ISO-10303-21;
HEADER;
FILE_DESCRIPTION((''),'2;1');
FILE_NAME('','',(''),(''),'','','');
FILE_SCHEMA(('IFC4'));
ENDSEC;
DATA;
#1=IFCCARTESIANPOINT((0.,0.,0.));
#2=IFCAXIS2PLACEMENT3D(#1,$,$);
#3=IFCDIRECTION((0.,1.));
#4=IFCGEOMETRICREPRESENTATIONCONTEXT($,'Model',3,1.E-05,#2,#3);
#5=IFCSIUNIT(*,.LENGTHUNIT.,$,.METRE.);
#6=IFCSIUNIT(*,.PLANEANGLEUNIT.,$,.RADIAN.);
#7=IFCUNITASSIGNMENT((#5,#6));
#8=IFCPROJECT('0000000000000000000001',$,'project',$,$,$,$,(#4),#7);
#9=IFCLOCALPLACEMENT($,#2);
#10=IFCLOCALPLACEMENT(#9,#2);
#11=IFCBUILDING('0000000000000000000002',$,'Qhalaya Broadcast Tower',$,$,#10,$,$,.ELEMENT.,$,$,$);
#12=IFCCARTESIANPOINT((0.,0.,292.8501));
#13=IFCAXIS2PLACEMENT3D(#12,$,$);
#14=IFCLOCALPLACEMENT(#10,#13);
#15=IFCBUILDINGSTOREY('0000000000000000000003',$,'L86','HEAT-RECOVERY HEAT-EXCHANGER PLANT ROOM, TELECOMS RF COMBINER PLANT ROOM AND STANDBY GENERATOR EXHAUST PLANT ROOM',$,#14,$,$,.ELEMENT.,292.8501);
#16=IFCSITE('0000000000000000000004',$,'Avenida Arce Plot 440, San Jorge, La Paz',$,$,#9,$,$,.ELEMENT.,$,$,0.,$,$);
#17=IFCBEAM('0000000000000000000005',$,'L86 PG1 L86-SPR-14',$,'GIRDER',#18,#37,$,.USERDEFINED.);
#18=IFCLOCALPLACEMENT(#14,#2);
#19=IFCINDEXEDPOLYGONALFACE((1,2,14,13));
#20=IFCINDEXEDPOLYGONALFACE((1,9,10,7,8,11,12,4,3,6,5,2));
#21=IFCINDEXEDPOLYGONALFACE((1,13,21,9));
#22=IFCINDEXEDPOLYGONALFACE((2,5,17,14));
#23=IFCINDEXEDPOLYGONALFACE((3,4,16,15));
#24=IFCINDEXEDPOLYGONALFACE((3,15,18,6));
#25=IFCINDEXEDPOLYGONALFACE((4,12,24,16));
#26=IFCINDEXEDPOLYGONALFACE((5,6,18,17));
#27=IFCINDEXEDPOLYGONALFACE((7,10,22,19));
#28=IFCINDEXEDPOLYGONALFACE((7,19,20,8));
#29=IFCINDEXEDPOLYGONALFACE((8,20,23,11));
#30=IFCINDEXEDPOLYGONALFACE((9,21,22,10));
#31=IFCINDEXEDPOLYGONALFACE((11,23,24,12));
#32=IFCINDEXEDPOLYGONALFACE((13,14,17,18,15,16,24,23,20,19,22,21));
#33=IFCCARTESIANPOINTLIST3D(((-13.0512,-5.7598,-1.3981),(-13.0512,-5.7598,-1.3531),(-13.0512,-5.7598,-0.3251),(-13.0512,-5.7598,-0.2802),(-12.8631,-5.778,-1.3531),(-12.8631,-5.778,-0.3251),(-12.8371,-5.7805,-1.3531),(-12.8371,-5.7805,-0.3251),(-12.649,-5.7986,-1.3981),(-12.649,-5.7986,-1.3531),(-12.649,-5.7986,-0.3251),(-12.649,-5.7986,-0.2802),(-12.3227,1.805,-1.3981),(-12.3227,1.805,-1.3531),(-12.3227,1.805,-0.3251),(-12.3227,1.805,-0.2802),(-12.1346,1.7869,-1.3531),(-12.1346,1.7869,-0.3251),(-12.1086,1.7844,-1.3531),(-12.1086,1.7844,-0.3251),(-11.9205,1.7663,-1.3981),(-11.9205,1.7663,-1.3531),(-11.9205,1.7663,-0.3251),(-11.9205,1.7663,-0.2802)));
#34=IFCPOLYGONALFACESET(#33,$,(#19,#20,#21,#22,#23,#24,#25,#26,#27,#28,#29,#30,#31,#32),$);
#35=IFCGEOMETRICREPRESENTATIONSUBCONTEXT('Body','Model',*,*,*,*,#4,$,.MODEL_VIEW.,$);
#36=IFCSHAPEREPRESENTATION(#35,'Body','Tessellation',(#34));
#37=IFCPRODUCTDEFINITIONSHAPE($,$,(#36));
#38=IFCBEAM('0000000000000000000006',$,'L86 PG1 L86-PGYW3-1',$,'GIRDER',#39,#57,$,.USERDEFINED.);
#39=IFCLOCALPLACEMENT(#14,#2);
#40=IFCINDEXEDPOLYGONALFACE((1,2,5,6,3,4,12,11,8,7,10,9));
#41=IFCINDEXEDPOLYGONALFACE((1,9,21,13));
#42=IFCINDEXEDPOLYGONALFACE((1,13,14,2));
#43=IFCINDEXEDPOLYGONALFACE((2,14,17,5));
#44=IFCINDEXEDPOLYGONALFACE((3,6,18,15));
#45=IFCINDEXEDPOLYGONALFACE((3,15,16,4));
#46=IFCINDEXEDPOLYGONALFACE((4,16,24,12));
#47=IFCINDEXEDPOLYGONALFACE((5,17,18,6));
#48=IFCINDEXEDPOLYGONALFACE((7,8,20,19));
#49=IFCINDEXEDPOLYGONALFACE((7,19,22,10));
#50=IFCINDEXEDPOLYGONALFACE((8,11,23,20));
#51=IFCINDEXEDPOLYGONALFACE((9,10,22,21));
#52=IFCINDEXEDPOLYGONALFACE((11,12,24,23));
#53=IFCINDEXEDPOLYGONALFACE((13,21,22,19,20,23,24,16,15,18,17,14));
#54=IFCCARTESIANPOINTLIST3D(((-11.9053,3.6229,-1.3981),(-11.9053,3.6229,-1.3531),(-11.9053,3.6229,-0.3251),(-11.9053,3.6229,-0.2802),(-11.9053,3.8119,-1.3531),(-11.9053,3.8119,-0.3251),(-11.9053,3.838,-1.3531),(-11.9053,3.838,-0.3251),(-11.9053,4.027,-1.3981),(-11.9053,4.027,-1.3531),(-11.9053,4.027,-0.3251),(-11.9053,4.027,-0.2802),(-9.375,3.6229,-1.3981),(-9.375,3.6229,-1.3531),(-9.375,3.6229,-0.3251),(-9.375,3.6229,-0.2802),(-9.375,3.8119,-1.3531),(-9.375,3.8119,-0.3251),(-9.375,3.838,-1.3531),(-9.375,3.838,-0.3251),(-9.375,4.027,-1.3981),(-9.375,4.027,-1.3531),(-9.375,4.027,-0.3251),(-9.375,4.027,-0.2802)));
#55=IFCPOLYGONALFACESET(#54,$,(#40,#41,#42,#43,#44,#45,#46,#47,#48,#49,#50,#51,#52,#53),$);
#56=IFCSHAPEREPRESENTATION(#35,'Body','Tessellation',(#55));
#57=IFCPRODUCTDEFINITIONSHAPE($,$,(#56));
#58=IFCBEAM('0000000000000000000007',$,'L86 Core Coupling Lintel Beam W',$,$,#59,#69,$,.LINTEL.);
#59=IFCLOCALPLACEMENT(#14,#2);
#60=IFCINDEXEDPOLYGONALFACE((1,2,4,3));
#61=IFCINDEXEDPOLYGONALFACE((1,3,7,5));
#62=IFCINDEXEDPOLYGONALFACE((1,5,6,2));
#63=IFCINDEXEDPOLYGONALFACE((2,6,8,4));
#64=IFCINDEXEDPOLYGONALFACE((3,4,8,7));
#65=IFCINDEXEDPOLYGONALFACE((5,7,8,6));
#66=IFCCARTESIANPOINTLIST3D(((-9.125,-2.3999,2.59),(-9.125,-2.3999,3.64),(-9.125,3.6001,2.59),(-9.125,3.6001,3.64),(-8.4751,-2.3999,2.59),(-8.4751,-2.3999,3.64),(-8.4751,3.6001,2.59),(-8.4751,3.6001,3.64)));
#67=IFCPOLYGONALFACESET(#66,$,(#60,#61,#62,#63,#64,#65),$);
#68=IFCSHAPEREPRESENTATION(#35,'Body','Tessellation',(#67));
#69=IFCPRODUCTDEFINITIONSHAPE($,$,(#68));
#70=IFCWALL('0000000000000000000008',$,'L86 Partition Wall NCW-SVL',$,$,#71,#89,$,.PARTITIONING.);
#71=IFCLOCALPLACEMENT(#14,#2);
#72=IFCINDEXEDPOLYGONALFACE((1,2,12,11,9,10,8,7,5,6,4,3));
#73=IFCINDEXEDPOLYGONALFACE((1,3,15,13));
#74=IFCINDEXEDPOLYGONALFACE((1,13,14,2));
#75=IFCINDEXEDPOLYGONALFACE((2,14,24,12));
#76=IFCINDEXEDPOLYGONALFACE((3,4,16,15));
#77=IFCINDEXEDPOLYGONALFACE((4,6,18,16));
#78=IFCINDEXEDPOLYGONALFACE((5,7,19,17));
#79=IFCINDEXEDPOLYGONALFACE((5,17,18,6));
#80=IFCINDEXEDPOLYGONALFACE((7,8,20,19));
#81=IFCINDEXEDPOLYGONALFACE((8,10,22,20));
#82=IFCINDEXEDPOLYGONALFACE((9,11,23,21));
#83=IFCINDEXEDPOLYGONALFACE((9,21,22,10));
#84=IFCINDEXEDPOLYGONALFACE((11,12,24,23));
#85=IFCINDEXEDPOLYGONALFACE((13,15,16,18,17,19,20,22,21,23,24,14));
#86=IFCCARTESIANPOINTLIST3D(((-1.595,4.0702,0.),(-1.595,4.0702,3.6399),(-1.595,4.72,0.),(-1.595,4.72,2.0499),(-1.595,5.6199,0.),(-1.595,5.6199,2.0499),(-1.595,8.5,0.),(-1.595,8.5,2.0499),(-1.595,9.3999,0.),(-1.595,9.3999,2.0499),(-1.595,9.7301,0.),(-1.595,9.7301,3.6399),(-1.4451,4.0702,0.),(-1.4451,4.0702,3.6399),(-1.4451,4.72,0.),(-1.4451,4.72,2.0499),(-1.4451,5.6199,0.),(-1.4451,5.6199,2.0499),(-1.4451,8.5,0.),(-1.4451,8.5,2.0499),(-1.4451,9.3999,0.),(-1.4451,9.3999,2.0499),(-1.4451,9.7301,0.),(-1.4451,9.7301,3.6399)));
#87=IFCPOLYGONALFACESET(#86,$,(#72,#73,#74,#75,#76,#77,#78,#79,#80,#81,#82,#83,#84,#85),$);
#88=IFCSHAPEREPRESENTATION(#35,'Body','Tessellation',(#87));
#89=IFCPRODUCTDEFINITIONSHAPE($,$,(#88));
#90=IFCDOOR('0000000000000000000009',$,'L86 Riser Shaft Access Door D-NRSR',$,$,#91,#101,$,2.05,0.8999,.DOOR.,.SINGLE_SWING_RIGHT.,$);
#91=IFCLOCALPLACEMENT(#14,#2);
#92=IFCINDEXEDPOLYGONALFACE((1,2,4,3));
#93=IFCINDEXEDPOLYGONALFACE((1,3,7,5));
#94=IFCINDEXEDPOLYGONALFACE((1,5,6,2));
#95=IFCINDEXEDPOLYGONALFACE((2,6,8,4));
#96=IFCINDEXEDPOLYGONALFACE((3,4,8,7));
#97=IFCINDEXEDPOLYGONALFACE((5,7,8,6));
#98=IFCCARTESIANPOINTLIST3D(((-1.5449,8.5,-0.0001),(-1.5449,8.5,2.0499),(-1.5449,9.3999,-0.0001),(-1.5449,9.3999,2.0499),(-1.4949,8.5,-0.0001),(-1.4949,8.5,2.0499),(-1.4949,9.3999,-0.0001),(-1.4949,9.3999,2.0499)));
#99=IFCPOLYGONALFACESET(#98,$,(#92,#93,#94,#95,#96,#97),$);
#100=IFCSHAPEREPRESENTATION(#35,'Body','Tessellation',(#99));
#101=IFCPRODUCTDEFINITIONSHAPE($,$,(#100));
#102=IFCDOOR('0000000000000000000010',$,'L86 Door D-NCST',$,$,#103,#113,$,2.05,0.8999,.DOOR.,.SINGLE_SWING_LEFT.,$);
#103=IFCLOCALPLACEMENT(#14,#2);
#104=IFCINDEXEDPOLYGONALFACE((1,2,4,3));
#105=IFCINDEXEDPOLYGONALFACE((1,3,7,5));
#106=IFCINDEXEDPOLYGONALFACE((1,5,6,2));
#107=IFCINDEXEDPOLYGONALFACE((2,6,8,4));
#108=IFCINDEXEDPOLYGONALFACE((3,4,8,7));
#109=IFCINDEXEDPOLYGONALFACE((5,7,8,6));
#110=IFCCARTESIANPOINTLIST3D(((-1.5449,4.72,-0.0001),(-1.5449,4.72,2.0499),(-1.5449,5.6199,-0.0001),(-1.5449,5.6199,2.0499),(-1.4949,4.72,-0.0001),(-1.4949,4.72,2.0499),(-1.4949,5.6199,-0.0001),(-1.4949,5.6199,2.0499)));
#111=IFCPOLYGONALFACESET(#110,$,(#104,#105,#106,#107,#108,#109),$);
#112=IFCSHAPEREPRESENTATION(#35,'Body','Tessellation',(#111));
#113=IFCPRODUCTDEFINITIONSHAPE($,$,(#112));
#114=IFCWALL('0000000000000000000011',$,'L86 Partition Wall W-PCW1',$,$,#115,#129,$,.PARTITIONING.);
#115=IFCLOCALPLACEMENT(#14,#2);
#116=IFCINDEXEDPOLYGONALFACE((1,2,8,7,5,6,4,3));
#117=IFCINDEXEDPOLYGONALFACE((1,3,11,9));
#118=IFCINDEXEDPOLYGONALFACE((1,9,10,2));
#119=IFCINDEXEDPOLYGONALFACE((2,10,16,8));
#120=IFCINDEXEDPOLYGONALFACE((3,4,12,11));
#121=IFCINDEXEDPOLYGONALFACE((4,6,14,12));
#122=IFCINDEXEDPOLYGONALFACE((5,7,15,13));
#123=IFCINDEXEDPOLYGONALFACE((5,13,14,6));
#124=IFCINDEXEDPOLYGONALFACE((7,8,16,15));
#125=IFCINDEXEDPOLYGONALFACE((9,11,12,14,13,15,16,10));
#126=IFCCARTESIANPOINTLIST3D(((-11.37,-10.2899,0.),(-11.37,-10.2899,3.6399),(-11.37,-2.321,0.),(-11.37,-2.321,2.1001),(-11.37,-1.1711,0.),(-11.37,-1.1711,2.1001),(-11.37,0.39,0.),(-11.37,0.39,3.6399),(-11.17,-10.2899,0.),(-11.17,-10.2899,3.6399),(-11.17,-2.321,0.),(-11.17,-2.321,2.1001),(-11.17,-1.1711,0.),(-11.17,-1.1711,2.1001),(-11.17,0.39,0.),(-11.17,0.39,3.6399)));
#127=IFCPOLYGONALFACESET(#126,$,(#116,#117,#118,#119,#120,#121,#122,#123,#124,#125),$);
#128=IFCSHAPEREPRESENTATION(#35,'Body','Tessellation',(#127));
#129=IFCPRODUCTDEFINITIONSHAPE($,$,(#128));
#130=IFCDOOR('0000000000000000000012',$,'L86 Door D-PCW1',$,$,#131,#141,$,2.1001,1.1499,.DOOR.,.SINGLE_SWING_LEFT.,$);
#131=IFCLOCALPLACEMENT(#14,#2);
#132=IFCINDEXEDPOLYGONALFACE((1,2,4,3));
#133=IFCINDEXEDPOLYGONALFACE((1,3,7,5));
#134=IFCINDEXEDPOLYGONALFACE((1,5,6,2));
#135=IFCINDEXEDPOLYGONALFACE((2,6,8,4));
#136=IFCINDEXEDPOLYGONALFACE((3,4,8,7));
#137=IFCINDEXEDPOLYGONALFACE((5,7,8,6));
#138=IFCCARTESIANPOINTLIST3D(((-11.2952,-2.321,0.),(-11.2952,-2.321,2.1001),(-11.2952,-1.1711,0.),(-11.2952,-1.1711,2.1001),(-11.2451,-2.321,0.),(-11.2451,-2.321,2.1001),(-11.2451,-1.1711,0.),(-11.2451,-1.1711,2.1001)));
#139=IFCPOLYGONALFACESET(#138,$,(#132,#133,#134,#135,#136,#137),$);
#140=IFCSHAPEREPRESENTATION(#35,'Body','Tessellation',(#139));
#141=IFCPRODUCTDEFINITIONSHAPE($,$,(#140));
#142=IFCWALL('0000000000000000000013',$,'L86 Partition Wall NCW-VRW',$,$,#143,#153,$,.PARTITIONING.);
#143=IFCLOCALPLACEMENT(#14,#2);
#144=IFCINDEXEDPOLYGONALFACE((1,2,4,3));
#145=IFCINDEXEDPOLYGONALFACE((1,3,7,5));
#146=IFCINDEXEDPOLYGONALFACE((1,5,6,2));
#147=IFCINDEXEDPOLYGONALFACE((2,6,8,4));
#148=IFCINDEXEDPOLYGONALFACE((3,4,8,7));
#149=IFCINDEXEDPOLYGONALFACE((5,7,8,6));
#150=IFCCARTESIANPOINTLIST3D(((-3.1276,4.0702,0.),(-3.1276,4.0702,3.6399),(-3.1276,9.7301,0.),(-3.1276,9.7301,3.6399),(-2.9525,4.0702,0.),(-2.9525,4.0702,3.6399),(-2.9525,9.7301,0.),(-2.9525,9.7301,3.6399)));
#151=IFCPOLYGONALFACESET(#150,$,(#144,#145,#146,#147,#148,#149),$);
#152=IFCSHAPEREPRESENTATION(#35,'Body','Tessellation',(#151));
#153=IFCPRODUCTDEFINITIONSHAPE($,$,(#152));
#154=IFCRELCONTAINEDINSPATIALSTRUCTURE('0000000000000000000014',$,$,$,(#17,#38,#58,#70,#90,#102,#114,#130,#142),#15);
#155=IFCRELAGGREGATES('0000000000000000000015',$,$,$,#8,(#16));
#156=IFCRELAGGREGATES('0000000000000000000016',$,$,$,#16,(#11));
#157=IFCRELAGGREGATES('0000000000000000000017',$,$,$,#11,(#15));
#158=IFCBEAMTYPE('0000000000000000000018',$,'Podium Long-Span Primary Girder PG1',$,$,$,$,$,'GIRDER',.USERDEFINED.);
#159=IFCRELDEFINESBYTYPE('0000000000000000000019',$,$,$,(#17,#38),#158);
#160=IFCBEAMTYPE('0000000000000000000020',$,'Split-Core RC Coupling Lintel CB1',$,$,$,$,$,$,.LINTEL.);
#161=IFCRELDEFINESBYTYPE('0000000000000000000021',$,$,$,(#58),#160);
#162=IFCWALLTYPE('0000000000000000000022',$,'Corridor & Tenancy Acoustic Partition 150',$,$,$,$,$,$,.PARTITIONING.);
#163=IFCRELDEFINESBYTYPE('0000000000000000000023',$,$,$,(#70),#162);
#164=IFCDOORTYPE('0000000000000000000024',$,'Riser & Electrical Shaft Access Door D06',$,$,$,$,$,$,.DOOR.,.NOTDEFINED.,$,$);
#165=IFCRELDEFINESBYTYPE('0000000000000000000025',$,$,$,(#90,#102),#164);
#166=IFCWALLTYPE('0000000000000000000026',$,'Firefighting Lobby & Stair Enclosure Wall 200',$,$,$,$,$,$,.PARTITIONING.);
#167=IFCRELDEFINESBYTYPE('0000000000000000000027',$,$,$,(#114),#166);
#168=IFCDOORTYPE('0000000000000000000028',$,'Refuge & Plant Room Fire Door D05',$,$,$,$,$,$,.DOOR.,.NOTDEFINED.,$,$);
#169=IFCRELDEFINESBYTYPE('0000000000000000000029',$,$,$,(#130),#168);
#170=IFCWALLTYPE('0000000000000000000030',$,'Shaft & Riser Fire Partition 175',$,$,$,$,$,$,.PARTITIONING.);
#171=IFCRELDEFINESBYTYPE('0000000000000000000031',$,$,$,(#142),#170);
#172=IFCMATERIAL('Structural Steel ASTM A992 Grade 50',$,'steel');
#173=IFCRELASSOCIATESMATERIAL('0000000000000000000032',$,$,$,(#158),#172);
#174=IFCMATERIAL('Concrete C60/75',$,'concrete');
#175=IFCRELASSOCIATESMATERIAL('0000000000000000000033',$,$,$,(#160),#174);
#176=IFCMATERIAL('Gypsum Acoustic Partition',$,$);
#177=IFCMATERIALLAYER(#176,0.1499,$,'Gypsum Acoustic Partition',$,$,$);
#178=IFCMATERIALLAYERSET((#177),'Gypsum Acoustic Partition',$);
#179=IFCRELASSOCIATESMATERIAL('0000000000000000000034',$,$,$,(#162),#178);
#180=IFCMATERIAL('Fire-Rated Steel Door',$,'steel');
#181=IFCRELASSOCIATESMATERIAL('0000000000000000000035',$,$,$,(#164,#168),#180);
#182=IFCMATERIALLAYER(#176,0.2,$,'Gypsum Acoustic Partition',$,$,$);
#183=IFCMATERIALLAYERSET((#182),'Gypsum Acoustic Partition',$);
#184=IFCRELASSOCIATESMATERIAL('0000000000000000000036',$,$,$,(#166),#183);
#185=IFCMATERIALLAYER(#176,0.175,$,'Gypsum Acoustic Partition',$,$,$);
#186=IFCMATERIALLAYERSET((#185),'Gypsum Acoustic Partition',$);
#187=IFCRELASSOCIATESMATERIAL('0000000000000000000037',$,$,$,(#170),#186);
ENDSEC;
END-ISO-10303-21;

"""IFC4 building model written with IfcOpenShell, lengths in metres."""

from ifc_helpers import new_model, si_unit, direction, frame, frame_2d, origin, origin_2d, place, context, subcontext, project, spatial, rectangle, i_section, extrude, material, layer, layer_set, material_profile, profile_set, type_object, element, fill, save


model = new_model("IFC4")

# Units and contexts
model_context = context("Model", 3, precision=1e-05, world=origin(), true_north=direction((0.0, 1.0)))
body_context = subcontext(model_context, "Body", "Model", "MODEL_VIEW")
ifc_project = project(units=[si_unit("LENGTHUNIT", "METRE"), si_unit("PLANEANGLEUNIT", "RADIAN")], contexts=[model_context])

# Site, building, storey
site_placement = place(None, origin())
site = spatial("IfcSite", under=ifc_project, at=site_placement, Name="Avenida Arce Plot 440, San Jorge, La Paz", CompositionType="ELEMENT", RefElevation=0.0)
building_placement = place(site_placement, origin())
building = spatial("IfcBuilding", under=site, at=building_placement, Name="Qhalaya Broadcast Tower", CompositionType="ELEMENT")
storey_placement = place(building_placement, frame((0.0, 0.0, 292.8501)))
storey = spatial("IfcBuildingStorey", under=building, at=storey_placement, Name="L86", Description="HEAT-RECOVERY HEAT-EXCHANGER PLANT ROOM, TELECOMS RF COMBINER PLANT ROOM AND STANDBY GENERATOR EXHAUST PLANT ROOM", CompositionType="ELEMENT", Elevation=292.8501)

# Beams
ifc_material_1 = material(Name="Structural Steel ASTM A992 Grade 50", Category="steel")
ifc_material_profile_1 = material_profile(ifc_material_1, i_section(OverallWidth=0.4041, OverallDepth=1.1179, WebThickness=0.0261, FlangeThickness=0.0449, at=origin_2d()), Name="W44X335")
ifc_profile_set_1 = profile_set([ifc_material_profile_1], Name="Structural Steel ASTM A992 Grade 50")
beam_type_1 = type_object("IfcBeamType", Name="Podium Long-Span Primary Girder PG1", ElementType="GIRDER", PredefinedType="USERDEFINED", material=ifc_profile_set_1)
beam_1_placement = place(storey_placement, frame((-12.1216, 1.7856, -0.8391), z_axis=(-0.095858, -0.995395, 0.0), x_axis=(0.995395, -0.095858, 0.0)))
element("IfcBeam", 1, at=beam_1_placement, inside=storey, type_object=beam_type_1, Name="L86 PG1 L86-SPR-14", ObjectType="GIRDER", PredefinedType="USERDEFINED", context=body_context, shape_type="SweptSolid", body=[
    extrude(i_section(OverallWidth=0.4041, OverallDepth=1.1179, WebThickness=0.0261, FlangeThickness=0.0449, at=origin_2d()), origin(), (0.0, 0.0, 1.0), 7.5999),
])
beam_2_placement = place(storey_placement, frame((-11.9053, 3.825, -0.8391), z_axis=(1.0, 0.0, 0.0), x_axis=(0.0, 1.0, 0.0)))
element("IfcBeam", 2, at=beam_2_placement, inside=storey, type_object=beam_type_1, Name="L86 PG1 L86-PGYW3-1", ObjectType="GIRDER", PredefinedType="USERDEFINED", context=body_context, shape_type="SweptSolid", body=[
    extrude(i_section(OverallWidth=0.4041, OverallDepth=1.1179, WebThickness=0.0261, FlangeThickness=0.0449, at=origin_2d()), origin(), (0.0, 0.0, 1.0), 2.5303),
])
ifc_material_2 = material(Name="Concrete C60/75", Category="concrete")
ifc_material_profile_2 = material_profile(ifc_material_2, rectangle(XDim=0.6499, YDim=1.05, at=origin_2d()), Name="RC-CB 650x1050")
ifc_profile_set_2 = profile_set([ifc_material_profile_2], Name="Concrete C60/75")
beam_type_2 = type_object("IfcBeamType", Name="Split-Core RC Coupling Lintel CB1", PredefinedType="LINTEL", material=ifc_profile_set_2)
beam_3_placement = place(storey_placement, frame((-8.8, -2.3999, 3.115), z_axis=(0.0, 1.0, 0.0), x_axis=(-1.0, 0.0, 0.0)))
element("IfcBeam", 3, at=beam_3_placement, inside=storey, type_object=beam_type_2, Name="L86 Core Coupling Lintel Beam W", PredefinedType="LINTEL", context=body_context, shape_type="SweptSolid", body=[
    extrude(rectangle(XDim=0.6499, YDim=1.05, at=origin_2d()), origin(), (0.0, 0.0, 1.0), 6.0),
])

# Wall, openings, doors
ifc_material_3 = material(Name="Gypsum Acoustic Partition")
ifc_layer_1 = layer(ifc_material_3, 0.1499, Name="Gypsum Acoustic Partition")
ifc_layer_set_1 = layer_set([ifc_layer_1], Name="Gypsum Acoustic Partition")
wall_type_1 = type_object("IfcWallType", Name="Corridor & Tenancy Acoustic Partition 150", PredefinedType="PARTITIONING", material=ifc_layer_set_1)
wall_1_placement = place(storey_placement, frame((-1.52, 4.0701, 0.0), z_axis=(0.0, 0.0, 1.0), x_axis=(0.0, 1.0, 0.0)))
wall_1 = element("IfcWall", 4, at=wall_1_placement, inside=storey, type_object=wall_type_1, Name="L86 Partition Wall NCW-SVL", PredefinedType="PARTITIONING", context=body_context, shape_type="SweptSolid", body=[
    extrude(rectangle(XDim=5.6599, YDim=0.1499, at=frame_2d((2.8301, 0.0))), origin(), (0.0, 0.0, 1.0), 3.6399),
])
opening_1_placement = place(wall_1_placement, frame((4.4299, 0.0, 0.0)))
opening_1 = element("IfcOpeningElement", 5, at=opening_1_placement, cuts=wall_1, PredefinedType="OPENING", context=body_context, shape_type="SweptSolid", body=[
    extrude(rectangle(XDim=0.8999, YDim=2.05, at=frame_2d((0.45, 1.0249))), frame((0.0, 0.0869, 0.0), z_axis=(0.0, -1.0, 0.0), x_axis=(1.0, 0.0, 0.0)), (0.0, 0.0, 1.0), 0.1738),
])
opening_2_placement = place(wall_1_placement, frame((0.6499, 0.0, 0.0)))
opening_2 = element("IfcOpeningElement", 6, at=opening_2_placement, cuts=wall_1, PredefinedType="OPENING", context=body_context, shape_type="SweptSolid", body=[
    extrude(rectangle(XDim=0.8999, YDim=2.05, at=frame_2d((0.45, 1.0249))), frame((0.0, 0.0869, 0.0), z_axis=(0.0, -1.0, 0.0), x_axis=(1.0, 0.0, 0.0)), (0.0, 0.0, 1.0), 0.1738),
])
ifc_material_4 = material(Name="Fire-Rated Steel Door", Category="steel")
door_type_1 = type_object("IfcDoorType", Name="Riser & Electrical Shaft Access Door D06", OperationType="NOTDEFINED", PredefinedType="DOOR", material=ifc_material_4)
door_1_placement = place(opening_1_placement, origin())
door_1 = element("IfcDoor", 7, at=door_1_placement, inside=storey, type_object=door_type_1, Name="L86 Riser Shaft Access Door D-NRSR", OperationType="SINGLE_SWING_RIGHT", OverallHeight=2.05, OverallWidth=0.8999, PredefinedType="DOOR", context=body_context, shape_type="SweptSolid", body=[
    extrude(rectangle(XDim=0.8999, YDim=2.05, at=frame_2d((0.45, 1.0249))), frame((0.0, 0.0249, 0.0), z_axis=(0.0, -1.0, 0.0), x_axis=(1.0, 0.0, 0.0)), (0.0, 0.0, 1.0), 0.05),
])
fill(opening_1, door_1)
door_2_placement = place(opening_2_placement, origin())
door_2 = element("IfcDoor", 8, at=door_2_placement, inside=storey, type_object=door_type_1, Name="L86 Door D-NCST", OperationType="SINGLE_SWING_LEFT", OverallHeight=2.05, OverallWidth=0.8999, PredefinedType="DOOR", context=body_context, shape_type="SweptSolid", body=[
    extrude(rectangle(XDim=0.8999, YDim=2.05, at=frame_2d((0.45, 1.0249))), frame((0.0, 0.0249, 0.0), z_axis=(0.0, -1.0, 0.0), x_axis=(1.0, 0.0, 0.0)), (0.0, 0.0, 1.0), 0.05),
])
fill(opening_2, door_2)

# Wall, opening, door
ifc_layer_2 = layer(ifc_material_3, 0.2, Name="Gypsum Acoustic Partition")
ifc_layer_set_2 = layer_set([ifc_layer_2], Name="Gypsum Acoustic Partition")
wall_type_2 = type_object("IfcWallType", Name="Firefighting Lobby & Stair Enclosure Wall 200", PredefinedType="PARTITIONING", material=ifc_layer_set_2)
wall_2_placement = place(storey_placement, frame((-11.27, 0.3899, 0.0), z_axis=(0.0, 0.0, 1.0), x_axis=(0.0, -1.0, 0.0)))
wall_2 = element("IfcWall", 9, at=wall_2_placement, inside=storey, type_object=wall_type_2, Name="L86 Partition Wall W-PCW1", PredefinedType="PARTITIONING", context=body_context, shape_type="SweptSolid", body=[
    extrude(rectangle(XDim=10.6799, YDim=0.2, at=frame_2d((5.3398, 0.0))), origin(), (0.0, 0.0, 1.0), 3.6399),
])
opening_3_placement = place(wall_2_placement, frame((1.561, 0.0, 0.0)))
opening_3 = element("IfcOpeningElement", 10, at=opening_3_placement, cuts=wall_2, PredefinedType="OPENING", context=body_context, shape_type="SweptSolid", body=[
    extrude(rectangle(XDim=1.1499, YDim=2.1001, at=frame_2d((0.575, 1.05))), frame((0.0, 0.1121, 0.0), z_axis=(0.0, -1.0, 0.0), x_axis=(1.0, 0.0, 0.0)), (0.0, 0.0, 1.0), 0.2239),
])
door_type_2 = type_object("IfcDoorType", Name="Refuge & Plant Room Fire Door D05", OperationType="NOTDEFINED", PredefinedType="DOOR", material=ifc_material_4)
door_3_placement = place(opening_3_placement, origin())
door_3 = element("IfcDoor", 11, at=door_3_placement, inside=storey, type_object=door_type_2, Name="L86 Door D-PCW1", OperationType="SINGLE_SWING_LEFT", OverallHeight=2.1001, OverallWidth=1.1499, PredefinedType="DOOR", context=body_context, shape_type="SweptSolid", body=[
    extrude(rectangle(XDim=1.1499, YDim=2.1001, at=frame_2d((0.575, 1.05))), frame((0.0, 0.0249, 0.0), z_axis=(0.0, -1.0, 0.0), x_axis=(1.0, 0.0, 0.0)), (0.0, 0.0, 1.0), 0.05),
])
fill(opening_3, door_3)

# Wall
ifc_layer_3 = layer(ifc_material_3, 0.175, Name="Gypsum Acoustic Partition")
ifc_layer_set_3 = layer_set([ifc_layer_3], Name="Gypsum Acoustic Partition")
wall_type_3 = type_object("IfcWallType", Name="Shaft & Riser Fire Partition 175", PredefinedType="PARTITIONING", material=ifc_layer_set_3)
wall_3_placement = place(storey_placement, frame((-3.04, 4.0701, 0.0), z_axis=(0.0, 0.0, 1.0), x_axis=(0.0, 1.0, 0.0)))
element("IfcWall", 12, at=wall_3_placement, inside=storey, type_object=wall_type_3, Name="L86 Partition Wall NCW-VRW", PredefinedType="PARTITIONING", context=body_context, shape_type="SweptSolid", body=[
    extrude(rectangle(XDim=5.6599, YDim=0.175, at=frame_2d((2.8301, 0.0))), origin(), (0.0, 0.0, 1.0), 3.6399),
])

save(model, "model.ifc")
